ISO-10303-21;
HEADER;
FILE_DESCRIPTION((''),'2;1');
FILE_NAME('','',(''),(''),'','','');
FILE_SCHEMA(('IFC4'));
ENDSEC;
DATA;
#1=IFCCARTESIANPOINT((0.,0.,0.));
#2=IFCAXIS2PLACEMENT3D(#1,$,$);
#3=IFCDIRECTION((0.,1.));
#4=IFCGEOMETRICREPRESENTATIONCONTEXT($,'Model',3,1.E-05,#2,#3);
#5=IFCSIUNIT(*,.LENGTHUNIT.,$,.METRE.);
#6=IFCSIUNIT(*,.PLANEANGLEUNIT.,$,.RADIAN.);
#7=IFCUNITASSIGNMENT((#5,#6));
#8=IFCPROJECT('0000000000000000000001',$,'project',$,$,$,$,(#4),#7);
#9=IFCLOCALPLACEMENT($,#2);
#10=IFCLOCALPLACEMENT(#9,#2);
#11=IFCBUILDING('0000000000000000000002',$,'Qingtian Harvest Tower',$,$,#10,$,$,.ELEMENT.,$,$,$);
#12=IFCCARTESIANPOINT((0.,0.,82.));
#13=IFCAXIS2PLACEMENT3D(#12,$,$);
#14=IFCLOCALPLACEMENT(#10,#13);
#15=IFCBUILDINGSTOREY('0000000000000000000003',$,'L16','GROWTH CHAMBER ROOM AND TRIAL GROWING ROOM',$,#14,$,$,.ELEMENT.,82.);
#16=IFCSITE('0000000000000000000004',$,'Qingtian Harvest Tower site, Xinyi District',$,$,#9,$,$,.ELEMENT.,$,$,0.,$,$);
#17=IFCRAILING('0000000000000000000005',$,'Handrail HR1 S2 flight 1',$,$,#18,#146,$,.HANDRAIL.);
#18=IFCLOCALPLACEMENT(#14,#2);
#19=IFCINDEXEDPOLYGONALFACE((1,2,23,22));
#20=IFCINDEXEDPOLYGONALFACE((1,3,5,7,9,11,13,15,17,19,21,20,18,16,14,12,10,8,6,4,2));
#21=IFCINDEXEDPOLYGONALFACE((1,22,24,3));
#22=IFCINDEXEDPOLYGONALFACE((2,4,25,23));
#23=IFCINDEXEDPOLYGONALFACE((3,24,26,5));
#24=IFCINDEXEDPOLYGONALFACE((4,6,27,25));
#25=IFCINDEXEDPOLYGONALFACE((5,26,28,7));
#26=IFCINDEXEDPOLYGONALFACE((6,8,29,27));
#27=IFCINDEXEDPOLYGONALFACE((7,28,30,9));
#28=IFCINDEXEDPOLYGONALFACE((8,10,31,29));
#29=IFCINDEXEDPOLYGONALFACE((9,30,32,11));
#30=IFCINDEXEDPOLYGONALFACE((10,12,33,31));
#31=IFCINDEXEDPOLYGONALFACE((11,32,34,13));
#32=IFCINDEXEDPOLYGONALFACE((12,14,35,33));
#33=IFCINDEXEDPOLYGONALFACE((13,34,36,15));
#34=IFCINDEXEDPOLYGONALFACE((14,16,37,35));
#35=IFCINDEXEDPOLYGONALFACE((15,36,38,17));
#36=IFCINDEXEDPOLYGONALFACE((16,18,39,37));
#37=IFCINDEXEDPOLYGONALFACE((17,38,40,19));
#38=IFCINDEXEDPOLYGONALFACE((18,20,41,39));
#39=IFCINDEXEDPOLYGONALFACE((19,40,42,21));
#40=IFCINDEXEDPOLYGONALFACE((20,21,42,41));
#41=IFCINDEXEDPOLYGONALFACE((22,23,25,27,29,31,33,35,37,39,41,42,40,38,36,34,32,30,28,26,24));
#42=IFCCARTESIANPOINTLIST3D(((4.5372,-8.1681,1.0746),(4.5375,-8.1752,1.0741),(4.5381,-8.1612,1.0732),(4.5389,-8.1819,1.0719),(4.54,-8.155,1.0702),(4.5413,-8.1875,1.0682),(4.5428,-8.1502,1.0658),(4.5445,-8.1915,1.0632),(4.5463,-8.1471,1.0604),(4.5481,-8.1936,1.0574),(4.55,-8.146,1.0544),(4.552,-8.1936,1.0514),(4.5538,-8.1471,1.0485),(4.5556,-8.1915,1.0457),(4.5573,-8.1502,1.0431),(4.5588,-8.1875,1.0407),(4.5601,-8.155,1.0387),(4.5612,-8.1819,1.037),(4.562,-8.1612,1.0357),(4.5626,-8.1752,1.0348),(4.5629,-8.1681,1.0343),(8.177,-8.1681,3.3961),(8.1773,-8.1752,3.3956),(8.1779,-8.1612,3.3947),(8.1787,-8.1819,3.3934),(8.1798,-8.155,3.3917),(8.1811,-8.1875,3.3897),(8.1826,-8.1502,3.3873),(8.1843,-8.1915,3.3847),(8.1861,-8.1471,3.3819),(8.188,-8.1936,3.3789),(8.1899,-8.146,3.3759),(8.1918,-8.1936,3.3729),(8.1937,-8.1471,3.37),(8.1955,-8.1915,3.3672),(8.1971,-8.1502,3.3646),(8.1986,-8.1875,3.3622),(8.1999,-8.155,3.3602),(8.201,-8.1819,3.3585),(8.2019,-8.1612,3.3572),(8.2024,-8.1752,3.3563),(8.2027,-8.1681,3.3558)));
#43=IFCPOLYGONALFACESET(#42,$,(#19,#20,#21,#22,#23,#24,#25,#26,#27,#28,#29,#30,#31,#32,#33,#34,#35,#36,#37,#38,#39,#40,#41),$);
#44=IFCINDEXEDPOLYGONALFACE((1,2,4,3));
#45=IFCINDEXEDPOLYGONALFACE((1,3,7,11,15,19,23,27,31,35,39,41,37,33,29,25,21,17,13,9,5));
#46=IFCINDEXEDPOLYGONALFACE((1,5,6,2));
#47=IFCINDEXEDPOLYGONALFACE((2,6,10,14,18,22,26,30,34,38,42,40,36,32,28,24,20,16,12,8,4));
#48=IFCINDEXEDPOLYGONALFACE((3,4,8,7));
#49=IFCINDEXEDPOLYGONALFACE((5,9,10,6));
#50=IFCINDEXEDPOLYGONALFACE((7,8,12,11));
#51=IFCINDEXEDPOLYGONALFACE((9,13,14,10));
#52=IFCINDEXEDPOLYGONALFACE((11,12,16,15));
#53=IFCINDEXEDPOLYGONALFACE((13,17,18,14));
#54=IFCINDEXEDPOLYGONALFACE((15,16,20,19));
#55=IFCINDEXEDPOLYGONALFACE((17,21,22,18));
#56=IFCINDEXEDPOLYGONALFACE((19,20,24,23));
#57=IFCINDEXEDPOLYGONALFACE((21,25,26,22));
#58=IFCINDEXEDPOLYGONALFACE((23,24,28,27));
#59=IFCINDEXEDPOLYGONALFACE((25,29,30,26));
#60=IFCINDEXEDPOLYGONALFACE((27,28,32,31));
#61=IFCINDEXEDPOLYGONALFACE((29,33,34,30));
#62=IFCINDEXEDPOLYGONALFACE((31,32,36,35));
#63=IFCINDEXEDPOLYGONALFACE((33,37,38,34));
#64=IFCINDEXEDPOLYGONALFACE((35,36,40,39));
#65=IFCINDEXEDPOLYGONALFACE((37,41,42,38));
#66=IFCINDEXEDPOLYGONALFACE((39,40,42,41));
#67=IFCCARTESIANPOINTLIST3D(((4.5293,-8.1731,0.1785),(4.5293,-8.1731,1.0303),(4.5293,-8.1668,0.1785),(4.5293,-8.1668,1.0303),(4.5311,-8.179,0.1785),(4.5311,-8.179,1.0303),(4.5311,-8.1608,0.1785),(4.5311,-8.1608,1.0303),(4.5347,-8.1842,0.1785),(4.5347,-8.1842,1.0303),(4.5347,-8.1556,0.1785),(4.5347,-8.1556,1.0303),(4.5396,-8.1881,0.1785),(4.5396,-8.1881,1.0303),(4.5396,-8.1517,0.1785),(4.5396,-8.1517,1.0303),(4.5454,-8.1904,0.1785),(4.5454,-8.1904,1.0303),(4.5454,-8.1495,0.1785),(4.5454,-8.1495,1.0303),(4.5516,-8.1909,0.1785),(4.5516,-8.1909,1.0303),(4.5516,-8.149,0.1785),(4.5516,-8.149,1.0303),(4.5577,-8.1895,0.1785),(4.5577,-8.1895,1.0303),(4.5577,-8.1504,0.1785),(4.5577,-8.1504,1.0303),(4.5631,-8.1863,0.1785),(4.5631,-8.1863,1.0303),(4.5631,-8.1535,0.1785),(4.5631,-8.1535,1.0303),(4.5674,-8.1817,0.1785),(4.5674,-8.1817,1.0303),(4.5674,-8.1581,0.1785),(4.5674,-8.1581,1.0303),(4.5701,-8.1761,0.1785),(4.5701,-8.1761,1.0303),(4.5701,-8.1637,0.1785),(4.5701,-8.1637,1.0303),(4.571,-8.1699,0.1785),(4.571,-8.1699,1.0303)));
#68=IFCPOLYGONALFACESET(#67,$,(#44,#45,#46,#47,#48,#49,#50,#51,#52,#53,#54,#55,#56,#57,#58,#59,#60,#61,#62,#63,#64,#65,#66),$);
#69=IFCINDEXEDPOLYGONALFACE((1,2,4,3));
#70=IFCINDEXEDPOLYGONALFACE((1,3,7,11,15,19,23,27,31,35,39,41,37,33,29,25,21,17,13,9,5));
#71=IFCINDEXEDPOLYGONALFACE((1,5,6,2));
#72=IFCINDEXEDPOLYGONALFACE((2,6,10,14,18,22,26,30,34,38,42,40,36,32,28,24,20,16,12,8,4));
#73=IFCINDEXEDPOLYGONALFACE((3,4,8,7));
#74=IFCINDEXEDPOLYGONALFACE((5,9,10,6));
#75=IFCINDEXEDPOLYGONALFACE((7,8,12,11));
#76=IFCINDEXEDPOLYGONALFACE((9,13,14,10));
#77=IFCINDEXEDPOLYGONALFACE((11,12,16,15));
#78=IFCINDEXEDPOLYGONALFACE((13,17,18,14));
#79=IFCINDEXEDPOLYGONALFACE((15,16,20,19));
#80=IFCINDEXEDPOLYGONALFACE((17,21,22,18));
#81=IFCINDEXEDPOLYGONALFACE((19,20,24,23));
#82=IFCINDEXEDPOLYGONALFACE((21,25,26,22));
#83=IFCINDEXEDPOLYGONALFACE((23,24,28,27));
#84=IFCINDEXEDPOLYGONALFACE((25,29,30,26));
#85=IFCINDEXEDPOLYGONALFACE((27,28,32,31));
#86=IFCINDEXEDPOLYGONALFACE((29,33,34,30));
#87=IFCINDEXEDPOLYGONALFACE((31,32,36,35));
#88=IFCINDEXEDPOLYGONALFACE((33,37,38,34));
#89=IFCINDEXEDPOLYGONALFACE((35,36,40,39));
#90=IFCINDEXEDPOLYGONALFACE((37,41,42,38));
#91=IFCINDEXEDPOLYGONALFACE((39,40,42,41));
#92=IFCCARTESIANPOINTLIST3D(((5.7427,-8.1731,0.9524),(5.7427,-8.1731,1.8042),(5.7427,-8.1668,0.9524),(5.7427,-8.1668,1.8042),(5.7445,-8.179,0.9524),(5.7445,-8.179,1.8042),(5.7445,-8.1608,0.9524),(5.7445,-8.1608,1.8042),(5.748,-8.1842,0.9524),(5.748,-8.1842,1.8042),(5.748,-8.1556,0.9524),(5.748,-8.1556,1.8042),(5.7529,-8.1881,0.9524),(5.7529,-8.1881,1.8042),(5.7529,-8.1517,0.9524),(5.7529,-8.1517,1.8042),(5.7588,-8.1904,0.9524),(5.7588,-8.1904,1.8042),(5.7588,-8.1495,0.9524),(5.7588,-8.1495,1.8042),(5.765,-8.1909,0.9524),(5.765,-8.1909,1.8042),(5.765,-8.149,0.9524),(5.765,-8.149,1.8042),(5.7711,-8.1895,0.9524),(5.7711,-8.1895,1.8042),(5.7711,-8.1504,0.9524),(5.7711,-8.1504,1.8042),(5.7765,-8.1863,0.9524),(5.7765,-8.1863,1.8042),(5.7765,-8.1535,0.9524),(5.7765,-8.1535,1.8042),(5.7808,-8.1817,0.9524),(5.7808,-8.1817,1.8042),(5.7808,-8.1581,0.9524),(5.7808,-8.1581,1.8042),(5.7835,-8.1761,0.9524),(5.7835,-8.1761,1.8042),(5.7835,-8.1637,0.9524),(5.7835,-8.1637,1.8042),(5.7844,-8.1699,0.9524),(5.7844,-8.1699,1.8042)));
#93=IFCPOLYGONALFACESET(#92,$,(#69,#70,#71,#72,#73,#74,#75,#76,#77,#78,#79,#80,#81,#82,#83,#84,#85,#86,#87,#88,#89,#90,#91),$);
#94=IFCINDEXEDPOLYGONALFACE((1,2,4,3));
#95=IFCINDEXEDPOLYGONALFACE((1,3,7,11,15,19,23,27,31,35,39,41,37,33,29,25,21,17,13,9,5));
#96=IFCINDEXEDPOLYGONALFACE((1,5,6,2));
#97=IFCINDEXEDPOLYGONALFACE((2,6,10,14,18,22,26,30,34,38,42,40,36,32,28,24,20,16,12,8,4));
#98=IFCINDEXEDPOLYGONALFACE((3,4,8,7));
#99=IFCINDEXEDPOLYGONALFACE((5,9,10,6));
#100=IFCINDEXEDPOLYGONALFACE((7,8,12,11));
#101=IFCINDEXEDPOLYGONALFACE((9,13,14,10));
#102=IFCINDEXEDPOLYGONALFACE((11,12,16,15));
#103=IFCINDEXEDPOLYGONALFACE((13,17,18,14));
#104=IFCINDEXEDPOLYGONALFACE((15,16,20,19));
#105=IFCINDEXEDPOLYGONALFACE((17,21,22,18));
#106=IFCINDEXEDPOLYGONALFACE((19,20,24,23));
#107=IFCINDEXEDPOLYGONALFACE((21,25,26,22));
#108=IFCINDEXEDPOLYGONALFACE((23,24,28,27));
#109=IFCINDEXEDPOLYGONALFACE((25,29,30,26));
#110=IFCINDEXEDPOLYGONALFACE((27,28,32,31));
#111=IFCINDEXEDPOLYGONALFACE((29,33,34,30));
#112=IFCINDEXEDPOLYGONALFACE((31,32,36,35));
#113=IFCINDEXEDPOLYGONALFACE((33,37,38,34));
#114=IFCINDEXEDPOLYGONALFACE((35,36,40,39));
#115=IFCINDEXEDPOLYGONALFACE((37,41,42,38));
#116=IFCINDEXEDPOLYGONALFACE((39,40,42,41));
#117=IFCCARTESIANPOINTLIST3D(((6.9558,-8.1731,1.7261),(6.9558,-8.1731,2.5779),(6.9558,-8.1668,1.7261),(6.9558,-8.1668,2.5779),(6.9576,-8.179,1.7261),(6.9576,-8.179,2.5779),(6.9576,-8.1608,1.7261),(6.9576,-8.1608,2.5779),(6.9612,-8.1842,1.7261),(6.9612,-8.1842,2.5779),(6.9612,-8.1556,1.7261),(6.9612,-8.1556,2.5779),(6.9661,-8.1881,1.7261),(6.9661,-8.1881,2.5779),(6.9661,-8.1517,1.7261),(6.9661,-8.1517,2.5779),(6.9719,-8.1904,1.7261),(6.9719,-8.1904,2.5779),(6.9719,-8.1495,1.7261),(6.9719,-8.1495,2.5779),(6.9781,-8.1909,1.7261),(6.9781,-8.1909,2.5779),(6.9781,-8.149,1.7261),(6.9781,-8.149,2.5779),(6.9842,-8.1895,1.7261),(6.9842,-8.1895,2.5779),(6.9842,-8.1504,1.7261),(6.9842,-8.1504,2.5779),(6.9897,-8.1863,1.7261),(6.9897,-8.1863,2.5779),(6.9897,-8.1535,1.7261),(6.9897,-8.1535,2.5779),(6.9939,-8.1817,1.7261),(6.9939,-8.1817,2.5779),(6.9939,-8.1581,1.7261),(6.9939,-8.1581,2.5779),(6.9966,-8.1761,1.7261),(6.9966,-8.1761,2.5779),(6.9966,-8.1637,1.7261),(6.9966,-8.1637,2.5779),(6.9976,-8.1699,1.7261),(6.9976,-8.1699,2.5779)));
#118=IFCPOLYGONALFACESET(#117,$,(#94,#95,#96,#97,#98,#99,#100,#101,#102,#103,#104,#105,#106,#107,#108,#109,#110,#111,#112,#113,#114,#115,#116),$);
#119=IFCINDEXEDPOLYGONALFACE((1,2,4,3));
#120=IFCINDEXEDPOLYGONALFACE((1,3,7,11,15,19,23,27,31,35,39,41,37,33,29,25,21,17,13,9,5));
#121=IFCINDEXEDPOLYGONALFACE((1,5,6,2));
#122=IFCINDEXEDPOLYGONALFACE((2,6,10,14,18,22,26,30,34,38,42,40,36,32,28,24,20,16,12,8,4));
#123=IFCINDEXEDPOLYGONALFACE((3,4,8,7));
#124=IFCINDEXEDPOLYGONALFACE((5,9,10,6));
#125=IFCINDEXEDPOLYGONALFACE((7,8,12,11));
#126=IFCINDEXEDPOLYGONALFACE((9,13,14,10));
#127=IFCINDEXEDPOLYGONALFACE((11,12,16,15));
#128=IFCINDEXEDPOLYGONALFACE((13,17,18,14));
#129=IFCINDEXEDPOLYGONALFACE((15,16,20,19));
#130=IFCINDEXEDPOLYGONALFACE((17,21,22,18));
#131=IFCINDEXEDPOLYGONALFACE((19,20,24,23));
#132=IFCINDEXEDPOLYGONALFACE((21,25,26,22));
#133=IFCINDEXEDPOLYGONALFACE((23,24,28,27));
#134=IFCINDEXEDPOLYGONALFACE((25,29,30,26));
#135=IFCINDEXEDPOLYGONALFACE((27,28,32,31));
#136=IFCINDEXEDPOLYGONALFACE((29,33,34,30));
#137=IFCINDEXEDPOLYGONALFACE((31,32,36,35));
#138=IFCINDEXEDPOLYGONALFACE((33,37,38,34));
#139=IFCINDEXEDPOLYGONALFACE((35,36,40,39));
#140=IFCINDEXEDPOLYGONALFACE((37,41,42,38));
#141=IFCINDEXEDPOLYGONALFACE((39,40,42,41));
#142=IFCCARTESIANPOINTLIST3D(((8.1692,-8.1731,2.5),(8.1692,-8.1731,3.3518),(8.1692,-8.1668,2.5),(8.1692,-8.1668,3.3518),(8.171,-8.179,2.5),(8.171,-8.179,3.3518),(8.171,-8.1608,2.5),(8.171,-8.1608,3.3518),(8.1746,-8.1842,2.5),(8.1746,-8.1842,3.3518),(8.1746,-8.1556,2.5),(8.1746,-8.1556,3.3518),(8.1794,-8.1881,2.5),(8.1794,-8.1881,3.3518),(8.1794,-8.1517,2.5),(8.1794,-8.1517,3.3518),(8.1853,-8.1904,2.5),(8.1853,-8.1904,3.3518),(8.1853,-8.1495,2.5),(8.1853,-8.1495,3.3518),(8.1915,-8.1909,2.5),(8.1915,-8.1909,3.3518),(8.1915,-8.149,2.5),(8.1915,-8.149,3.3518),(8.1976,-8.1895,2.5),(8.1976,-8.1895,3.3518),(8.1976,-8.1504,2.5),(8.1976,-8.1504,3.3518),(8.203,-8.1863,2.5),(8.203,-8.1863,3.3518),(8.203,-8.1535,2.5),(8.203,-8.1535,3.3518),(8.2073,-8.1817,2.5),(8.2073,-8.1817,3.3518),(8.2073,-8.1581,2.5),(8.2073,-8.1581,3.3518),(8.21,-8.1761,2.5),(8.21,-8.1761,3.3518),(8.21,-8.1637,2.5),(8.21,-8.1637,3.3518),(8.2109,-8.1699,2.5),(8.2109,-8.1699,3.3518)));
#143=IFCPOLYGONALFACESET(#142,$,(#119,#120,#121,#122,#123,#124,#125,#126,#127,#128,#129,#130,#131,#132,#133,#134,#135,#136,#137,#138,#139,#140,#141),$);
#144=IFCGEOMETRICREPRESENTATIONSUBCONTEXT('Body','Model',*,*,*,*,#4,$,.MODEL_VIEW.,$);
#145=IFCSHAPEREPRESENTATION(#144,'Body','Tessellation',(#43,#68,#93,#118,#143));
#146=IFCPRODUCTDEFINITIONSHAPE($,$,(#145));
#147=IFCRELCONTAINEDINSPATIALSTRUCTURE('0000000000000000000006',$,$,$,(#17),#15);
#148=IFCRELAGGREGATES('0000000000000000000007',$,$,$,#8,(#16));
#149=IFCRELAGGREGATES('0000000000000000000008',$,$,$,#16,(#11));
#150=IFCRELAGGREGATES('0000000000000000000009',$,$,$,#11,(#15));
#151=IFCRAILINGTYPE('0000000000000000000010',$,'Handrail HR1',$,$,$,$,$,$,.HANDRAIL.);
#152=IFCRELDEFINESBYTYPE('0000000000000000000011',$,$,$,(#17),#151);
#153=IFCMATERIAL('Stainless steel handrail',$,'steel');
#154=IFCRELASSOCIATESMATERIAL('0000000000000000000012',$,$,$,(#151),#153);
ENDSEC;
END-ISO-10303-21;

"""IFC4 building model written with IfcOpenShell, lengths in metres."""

from ifc_helpers import new_model, si_unit, direction, frame, origin, origin_2d, place, context, subcontext, project, spatial, circle, extrude, material, type_object, element, save


model = new_model("IFC4")

# Units and contexts
model_context = context("Model", 3, precision=1e-05, world=origin(), true_north=direction((0.0, 1.0)))
body_context = subcontext(model_context, "Body", "Model", "MODEL_VIEW")
ifc_project = project(units=[si_unit("LENGTHUNIT", "METRE"), si_unit("PLANEANGLEUNIT", "RADIAN")], contexts=[model_context])

# Site, building, storey
site_placement = place(None, origin())
site = spatial("IfcSite", under=ifc_project, at=site_placement, Name="Qingtian Harvest Tower site, Xinyi District", CompositionType="ELEMENT", RefElevation=0.0)
building_placement = place(site_placement, origin())
building = spatial("IfcBuilding", under=site, at=building_placement, Name="Qingtian Harvest Tower", CompositionType="ELEMENT")
storey_placement = place(building_placement, frame((0.0, 0.0, 82.0)))
storey = spatial("IfcBuildingStorey", under=building, at=storey_placement, Name="L16", Description="GROWTH CHAMBER ROOM AND TRIAL GROWING ROOM", CompositionType="ELEMENT", Elevation=82.0)

# Railing
ifc_material_1 = material(Name="Stainless steel handrail", Category="steel")
railing_type = type_object("IfcRailingType", Name="Handrail HR1", PredefinedType="HANDRAIL", material=ifc_material_1)
railing_1_placement = place(storey_placement, frame((4.55, -8.1699, 0.1785)))
element("IfcRailing", 1, at=railing_1_placement, inside=storey, type_object=railing_type, Name="Handrail HR1 S2 flight 1", PredefinedType="HANDRAIL", context=body_context, shape_type="SweptSolid", body=[
    extrude(circle(Radius=0.0239, at=origin_2d()), frame((0.0, 0.0, 0.876), z_axis=(0.843112, 0.0, 0.537739), x_axis=(0.0, 1.0, 0.0)), (0.0, 0.0, 1.0), 4.3171),
    extrude(circle(Radius=0.021, at=origin_2d()), origin(), (0.0, 0.0, 1.0), 0.8518),
    extrude(circle(Radius=0.021, at=origin_2d()), frame((1.2134, 0.0, 0.7739)), (0.0, 0.0, 1.0), 0.8518),
    extrude(circle(Radius=0.021, at=origin_2d()), frame((2.4265, 0.0, 1.5476)), (0.0, 0.0, 1.0), 0.8518),
    extrude(circle(Radius=0.021, at=origin_2d()), frame((3.6399, 0.0, 2.3215)), (0.0, 0.0, 1.0), 0.8518),
])

save(model, "model.ifc")
